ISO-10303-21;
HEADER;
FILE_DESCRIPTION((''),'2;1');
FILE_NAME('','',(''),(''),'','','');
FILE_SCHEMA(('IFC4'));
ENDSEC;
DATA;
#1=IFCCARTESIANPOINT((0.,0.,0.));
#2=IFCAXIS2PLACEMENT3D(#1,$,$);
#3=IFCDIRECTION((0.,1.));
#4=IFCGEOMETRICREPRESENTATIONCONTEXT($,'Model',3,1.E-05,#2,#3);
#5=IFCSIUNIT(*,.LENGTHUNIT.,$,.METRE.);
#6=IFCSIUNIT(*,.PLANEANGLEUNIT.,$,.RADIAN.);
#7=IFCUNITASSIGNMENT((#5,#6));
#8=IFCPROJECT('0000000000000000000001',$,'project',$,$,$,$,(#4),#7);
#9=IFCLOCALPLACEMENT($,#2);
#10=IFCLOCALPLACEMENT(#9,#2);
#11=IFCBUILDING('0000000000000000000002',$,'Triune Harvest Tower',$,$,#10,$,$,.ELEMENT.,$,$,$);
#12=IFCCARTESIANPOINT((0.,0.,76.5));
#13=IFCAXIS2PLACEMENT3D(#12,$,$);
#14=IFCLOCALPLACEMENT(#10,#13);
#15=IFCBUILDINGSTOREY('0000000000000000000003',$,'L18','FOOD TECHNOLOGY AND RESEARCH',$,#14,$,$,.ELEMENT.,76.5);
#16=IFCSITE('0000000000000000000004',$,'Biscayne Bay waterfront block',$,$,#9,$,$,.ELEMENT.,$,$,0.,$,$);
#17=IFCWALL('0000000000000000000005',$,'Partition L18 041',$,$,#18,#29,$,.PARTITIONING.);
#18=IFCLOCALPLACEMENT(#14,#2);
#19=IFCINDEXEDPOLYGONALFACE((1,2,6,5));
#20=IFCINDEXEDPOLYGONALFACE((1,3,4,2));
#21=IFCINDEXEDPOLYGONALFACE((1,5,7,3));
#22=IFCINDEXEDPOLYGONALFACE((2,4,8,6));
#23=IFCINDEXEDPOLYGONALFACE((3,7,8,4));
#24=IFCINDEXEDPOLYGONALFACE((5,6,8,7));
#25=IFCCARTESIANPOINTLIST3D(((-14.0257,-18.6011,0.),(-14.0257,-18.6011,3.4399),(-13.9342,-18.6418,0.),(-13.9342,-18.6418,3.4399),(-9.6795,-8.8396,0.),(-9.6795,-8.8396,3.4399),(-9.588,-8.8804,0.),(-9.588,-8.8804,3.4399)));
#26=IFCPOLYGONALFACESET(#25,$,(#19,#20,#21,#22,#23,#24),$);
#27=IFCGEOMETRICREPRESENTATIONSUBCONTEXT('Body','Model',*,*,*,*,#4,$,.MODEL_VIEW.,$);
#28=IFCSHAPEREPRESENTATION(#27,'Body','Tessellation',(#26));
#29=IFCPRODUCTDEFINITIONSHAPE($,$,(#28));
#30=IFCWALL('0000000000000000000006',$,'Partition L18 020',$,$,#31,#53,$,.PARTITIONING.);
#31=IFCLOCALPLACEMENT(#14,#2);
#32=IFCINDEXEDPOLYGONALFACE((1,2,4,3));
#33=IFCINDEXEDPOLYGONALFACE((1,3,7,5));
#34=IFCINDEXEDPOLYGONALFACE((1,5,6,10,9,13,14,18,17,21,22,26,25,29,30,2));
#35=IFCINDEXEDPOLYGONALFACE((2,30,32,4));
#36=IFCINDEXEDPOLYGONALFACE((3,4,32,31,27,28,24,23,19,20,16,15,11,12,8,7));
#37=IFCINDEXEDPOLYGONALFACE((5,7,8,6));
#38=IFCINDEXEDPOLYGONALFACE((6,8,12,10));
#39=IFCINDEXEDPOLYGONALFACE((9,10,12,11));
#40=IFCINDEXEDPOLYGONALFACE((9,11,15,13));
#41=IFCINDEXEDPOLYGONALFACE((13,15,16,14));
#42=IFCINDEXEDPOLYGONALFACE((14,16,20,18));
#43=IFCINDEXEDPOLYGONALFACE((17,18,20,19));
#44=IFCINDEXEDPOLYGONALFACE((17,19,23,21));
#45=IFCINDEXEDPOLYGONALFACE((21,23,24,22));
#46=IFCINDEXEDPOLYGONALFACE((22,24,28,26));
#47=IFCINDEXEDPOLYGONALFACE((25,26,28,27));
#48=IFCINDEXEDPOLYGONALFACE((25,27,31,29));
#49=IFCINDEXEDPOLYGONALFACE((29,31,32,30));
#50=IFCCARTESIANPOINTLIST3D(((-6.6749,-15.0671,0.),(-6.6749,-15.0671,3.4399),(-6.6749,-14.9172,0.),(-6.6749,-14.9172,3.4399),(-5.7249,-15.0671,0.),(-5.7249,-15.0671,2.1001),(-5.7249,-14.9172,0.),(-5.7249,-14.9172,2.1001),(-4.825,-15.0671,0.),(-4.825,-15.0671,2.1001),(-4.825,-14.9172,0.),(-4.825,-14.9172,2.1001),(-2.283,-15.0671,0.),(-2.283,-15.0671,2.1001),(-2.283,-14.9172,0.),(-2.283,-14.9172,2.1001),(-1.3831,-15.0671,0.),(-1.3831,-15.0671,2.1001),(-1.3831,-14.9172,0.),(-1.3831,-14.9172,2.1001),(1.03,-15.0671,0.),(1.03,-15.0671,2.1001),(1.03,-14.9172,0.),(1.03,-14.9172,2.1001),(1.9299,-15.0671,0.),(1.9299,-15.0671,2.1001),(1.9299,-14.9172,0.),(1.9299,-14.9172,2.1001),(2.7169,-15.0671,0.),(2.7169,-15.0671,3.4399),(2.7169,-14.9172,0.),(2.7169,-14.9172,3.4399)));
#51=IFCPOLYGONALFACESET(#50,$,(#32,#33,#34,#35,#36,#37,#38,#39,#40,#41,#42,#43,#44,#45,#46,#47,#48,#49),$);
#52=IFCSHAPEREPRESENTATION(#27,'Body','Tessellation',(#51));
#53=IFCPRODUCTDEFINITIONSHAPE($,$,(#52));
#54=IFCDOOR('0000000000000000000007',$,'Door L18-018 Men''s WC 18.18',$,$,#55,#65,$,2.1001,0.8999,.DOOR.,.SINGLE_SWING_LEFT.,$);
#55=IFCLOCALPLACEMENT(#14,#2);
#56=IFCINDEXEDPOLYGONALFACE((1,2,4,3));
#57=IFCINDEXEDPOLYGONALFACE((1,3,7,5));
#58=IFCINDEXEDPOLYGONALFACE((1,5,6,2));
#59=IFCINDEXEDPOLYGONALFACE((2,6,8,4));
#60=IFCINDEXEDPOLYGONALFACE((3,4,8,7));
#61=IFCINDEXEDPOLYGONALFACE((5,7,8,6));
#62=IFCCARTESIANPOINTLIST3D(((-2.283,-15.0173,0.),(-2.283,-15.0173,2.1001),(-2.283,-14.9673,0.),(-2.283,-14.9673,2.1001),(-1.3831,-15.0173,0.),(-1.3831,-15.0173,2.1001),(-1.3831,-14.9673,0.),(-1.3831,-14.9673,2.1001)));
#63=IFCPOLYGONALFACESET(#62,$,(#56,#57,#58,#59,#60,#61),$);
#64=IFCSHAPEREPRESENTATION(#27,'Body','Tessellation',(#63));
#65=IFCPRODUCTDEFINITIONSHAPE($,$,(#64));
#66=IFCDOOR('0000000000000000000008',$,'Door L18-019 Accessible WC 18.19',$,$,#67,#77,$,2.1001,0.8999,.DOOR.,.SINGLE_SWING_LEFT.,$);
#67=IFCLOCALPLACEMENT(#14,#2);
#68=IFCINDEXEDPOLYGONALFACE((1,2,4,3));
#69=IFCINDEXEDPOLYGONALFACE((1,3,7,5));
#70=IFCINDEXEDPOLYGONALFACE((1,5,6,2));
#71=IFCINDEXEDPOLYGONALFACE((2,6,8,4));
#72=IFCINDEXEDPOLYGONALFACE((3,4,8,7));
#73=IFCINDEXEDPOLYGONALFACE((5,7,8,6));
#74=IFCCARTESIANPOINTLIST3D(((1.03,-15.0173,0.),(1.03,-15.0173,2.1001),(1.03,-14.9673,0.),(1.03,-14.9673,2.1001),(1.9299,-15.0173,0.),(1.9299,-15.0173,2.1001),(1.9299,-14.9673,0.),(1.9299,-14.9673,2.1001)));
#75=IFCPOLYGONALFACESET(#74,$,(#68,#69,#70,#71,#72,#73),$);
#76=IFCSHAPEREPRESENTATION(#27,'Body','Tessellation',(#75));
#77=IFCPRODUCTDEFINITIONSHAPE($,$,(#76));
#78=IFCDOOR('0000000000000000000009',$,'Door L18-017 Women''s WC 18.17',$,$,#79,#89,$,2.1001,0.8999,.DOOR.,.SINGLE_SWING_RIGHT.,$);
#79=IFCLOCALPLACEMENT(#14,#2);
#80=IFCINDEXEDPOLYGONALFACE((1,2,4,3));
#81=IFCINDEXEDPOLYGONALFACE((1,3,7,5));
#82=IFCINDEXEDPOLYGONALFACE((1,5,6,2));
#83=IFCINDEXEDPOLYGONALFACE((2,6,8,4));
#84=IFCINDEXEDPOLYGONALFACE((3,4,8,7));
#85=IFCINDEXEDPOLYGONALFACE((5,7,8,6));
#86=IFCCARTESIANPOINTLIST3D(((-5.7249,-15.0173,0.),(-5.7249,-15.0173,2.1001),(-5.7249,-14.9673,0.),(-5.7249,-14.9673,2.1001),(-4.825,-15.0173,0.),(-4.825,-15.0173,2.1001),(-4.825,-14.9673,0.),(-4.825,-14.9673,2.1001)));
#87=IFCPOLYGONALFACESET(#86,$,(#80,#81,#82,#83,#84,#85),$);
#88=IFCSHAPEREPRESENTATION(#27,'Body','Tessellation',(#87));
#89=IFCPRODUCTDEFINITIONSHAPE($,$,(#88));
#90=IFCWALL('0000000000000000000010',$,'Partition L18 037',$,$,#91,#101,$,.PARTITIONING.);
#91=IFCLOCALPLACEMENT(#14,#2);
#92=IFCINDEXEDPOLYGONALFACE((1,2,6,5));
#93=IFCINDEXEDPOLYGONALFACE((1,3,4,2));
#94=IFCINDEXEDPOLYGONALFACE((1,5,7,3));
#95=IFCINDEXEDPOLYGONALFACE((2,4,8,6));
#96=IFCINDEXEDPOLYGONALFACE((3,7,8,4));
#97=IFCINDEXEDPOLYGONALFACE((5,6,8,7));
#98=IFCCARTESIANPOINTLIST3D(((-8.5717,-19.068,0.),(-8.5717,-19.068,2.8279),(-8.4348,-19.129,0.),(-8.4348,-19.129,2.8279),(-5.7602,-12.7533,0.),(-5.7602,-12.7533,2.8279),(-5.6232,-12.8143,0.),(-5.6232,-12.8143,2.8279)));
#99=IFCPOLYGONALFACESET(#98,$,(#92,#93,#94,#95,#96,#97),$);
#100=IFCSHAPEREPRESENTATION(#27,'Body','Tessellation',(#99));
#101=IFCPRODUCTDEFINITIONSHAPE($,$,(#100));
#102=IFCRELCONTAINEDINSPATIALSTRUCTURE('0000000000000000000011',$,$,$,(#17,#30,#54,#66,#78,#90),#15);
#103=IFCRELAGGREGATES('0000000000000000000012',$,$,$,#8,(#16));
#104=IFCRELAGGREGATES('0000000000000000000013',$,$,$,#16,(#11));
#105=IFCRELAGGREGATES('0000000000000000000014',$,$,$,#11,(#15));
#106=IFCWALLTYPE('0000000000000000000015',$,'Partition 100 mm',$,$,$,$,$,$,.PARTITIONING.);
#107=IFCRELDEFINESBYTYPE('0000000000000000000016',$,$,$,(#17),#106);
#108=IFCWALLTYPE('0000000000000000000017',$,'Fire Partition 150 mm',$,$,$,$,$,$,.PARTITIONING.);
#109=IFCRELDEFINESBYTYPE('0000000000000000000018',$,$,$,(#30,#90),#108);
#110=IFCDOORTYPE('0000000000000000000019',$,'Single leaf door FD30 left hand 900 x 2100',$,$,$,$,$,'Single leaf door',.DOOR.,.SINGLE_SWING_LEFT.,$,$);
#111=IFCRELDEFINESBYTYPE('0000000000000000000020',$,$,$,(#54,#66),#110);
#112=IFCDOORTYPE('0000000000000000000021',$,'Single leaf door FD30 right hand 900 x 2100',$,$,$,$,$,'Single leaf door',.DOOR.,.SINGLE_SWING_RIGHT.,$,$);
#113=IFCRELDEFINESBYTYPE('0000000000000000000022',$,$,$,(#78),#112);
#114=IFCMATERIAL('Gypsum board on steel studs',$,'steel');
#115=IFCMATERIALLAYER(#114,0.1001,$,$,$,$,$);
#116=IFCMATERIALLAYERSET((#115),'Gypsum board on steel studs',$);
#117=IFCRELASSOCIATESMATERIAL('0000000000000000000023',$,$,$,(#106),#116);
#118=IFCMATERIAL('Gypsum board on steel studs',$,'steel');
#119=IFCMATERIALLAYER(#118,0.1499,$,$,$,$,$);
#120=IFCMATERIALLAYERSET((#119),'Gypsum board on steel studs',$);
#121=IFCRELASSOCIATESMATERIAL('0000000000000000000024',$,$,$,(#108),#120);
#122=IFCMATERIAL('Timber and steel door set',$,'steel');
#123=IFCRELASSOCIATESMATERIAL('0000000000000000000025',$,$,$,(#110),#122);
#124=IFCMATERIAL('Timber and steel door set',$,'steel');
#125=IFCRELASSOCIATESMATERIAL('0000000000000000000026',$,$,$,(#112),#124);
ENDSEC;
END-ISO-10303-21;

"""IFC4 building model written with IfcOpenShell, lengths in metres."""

from ifc_helpers import new_model, si_unit, direction, frame, frame_2d, origin, place, context, subcontext, project, spatial, rectangle, extrude, source, transform, mapped, material, layer, layer_set, type_object, element, fill, save


model = new_model("IFC4")

# Units and contexts
model_context = context("Model", 3, precision=1e-05, world=origin(), true_north=direction((0.0, 1.0)))
body_context = subcontext(model_context, "Body", "Model", "MODEL_VIEW")
ifc_project = project(units=[si_unit("LENGTHUNIT", "METRE"), si_unit("PLANEANGLEUNIT", "RADIAN")], contexts=[model_context])

# Site, building, storey
site_placement = place(None, origin())
site = spatial("IfcSite", under=ifc_project, at=site_placement, Name="Biscayne Bay waterfront block", CompositionType="ELEMENT", RefElevation=0.0)
building_placement = place(site_placement, origin())
building = spatial("IfcBuilding", under=site, at=building_placement, Name="Triune Harvest Tower", CompositionType="ELEMENT")
storey_placement = place(building_placement, frame((0.0, 0.0, 76.5)))
storey = spatial("IfcBuildingStorey", under=building, at=storey_placement, Name="L18", Description="FOOD TECHNOLOGY AND RESEARCH", CompositionType="ELEMENT", Elevation=76.5)

# Wall
ifc_material_1 = material(Name="Gypsum board on steel studs", Category="steel")
ifc_layer_1 = layer(ifc_material_1, 0.1001)
ifc_layer_set_1 = layer_set([ifc_layer_1], Name="Gypsum board on steel studs")
wall_type_1 = type_object("IfcWallType", Name="Partition 100 mm", PredefinedType="PARTITIONING", material=ifc_layer_set_1)
wall_1_placement = place(storey_placement, frame((-13.98, -18.6216, 0.0), z_axis=(0.0, 0.0, 1.0), x_axis=(0.406745, 0.913542, 0.0)))
element("IfcWall", 1, at=wall_1_placement, inside=storey, type_object=wall_type_1, Name="Partition L18 041", PredefinedType="PARTITIONING", context=body_context, shape_type="SweptSolid", body=[
    extrude(rectangle(XDim=10.6853, YDim=0.1001, at=frame_2d((5.3428, 0.0))), origin(), (0.0, 0.0, 1.0), 3.4399),
])

# Wall, openings, doors
ifc_material_2 = material(Name="Gypsum board on steel studs", Category="steel")
ifc_layer_2 = layer(ifc_material_2, 0.1499)
ifc_layer_set_2 = layer_set([ifc_layer_2], Name="Gypsum board on steel studs")
wall_type_2 = type_object("IfcWallType", Name="Fire Partition 150 mm", PredefinedType="PARTITIONING", material=ifc_layer_set_2)
shared_shape_1 = source(origin(), body_context, "Body", "SweptSolid", [
    extrude(rectangle(XDim=9.3918, YDim=0.1499, at=frame_2d((4.6958, 0.0))), origin(), (0.0, 0.0, 1.0), 3.4399),
])
wall_2_placement = place(storey_placement, frame((-6.6748, -14.9922, 0.0), z_axis=(0.0, 0.0, 1.0), x_axis=(1.0, 0.0, 0.0)))
wall_2 = element("IfcWall", 2, at=wall_2_placement, inside=storey, type_object=wall_type_2, Name="Partition L18 020", PredefinedType="PARTITIONING", context=body_context, shape_type="MappedRepresentation", body=[
    mapped(shared_shape_1, transform((0.0, 0.0, 0.0), scale=1.0)),
])
opening_1_placement = place(wall_2_placement, frame((0.95, 0.0, 0.0)))
opening_1 = element("IfcOpeningElement", 3, at=opening_1_placement, cuts=wall_2, PredefinedType="OPENING", context=body_context, shape_type="SweptSolid", body=[
    extrude(rectangle(XDim=0.8999, YDim=2.1001, at=frame_2d((0.45, 1.05))), frame((0.0, 0.085, 0.0), z_axis=(0.0, -1.0, 0.0), x_axis=(1.0, 0.0, 0.0)), (0.0, 0.0, 1.0), 0.1699),
])
opening_2_placement = place(wall_2_placement, frame((4.3918, 0.0, 0.0)))
opening_2 = element("IfcOpeningElement", 4, at=opening_2_placement, cuts=wall_2, PredefinedType="OPENING", context=body_context, shape_type="SweptSolid", body=[
    extrude(rectangle(XDim=0.8999, YDim=2.1001, at=frame_2d((0.45, 1.05))), frame((0.0, 0.085, 0.0), z_axis=(0.0, -1.0, 0.0), x_axis=(1.0, 0.0, 0.0)), (0.0, 0.0, 1.0), 0.1699),
])
opening_3_placement = place(wall_2_placement, frame((7.7048, 0.0, 0.0)))
opening_3 = element("IfcOpeningElement", 5, at=opening_3_placement, cuts=wall_2, PredefinedType="OPENING", context=body_context, shape_type="SweptSolid", body=[
    extrude(rectangle(XDim=0.8999, YDim=2.1001, at=frame_2d((0.45, 1.05))), frame((0.0, 0.085, 0.0), z_axis=(0.0, -1.0, 0.0), x_axis=(1.0, 0.0, 0.0)), (0.0, 0.0, 1.0), 0.1699),
])
ifc_material_3 = material(Name="Timber and steel door set", Category="steel")
door_type_1 = type_object("IfcDoorType", Name="Single leaf door FD30 left hand 900 x 2100", ElementType="Single leaf door", OperationType="SINGLE_SWING_LEFT", PredefinedType="DOOR", material=ifc_material_3)
door_1_placement = place(opening_2_placement, origin())
door_1 = element("IfcDoor", 6, at=door_1_placement, inside=storey, type_object=door_type_1, Name="Door L18-018 Men's WC 18.18", OperationType="SINGLE_SWING_LEFT", OverallHeight=2.1001, OverallWidth=0.8999, PredefinedType="DOOR", context=body_context, shape_type="SweptSolid", body=[
    extrude(rectangle(XDim=0.8999, YDim=2.1001, at=frame_2d((0.45, 1.05))), frame((0.0, 0.0249, 0.0), z_axis=(0.0, -1.0, 0.0), x_axis=(1.0, 0.0, 0.0)), (0.0, 0.0, 1.0), 0.05),
])
fill(opening_2, door_1)
door_2_placement = place(opening_3_placement, origin())
door_2 = element("IfcDoor", 7, at=door_2_placement, inside=storey, type_object=door_type_1, Name="Door L18-019 Accessible WC 18.19", OperationType="SINGLE_SWING_LEFT", OverallHeight=2.1001, OverallWidth=0.8999, PredefinedType="DOOR", context=body_context, shape_type="SweptSolid", body=[
    extrude(rectangle(XDim=0.8999, YDim=2.1001, at=frame_2d((0.45, 1.05))), frame((0.0, 0.0249, 0.0), z_axis=(0.0, -1.0, 0.0), x_axis=(1.0, 0.0, 0.0)), (0.0, 0.0, 1.0), 0.05),
])
fill(opening_3, door_2)
ifc_material_4 = material(Name="Timber and steel door set", Category="steel")
door_type_2 = type_object("IfcDoorType", Name="Single leaf door FD30 right hand 900 x 2100", ElementType="Single leaf door", OperationType="SINGLE_SWING_RIGHT", PredefinedType="DOOR", material=ifc_material_4)
door_3_placement = place(opening_1_placement, origin())
door_3 = element("IfcDoor", 8, at=door_3_placement, inside=storey, type_object=door_type_2, Name="Door L18-017 Women's WC 18.17", OperationType="SINGLE_SWING_RIGHT", OverallHeight=2.1001, OverallWidth=0.8999, PredefinedType="DOOR", context=body_context, shape_type="SweptSolid", body=[
    extrude(rectangle(XDim=0.8999, YDim=2.1001, at=frame_2d((0.45, 1.05))), frame((0.0, 0.0249, 0.0), z_axis=(0.0, -1.0, 0.0), x_axis=(1.0, 0.0, 0.0)), (0.0, 0.0, 1.0), 0.05),
])
fill(opening_1, door_3)

# Wall
shared_shape_2 = source(origin(), body_context, "Body", "SweptSolid", [
    extrude(rectangle(XDim=6.9124, YDim=0.1499, at=frame_2d((3.4561, 0.0))), origin(), (0.0, 0.0, 1.0), 2.8279),
])
wall_3_placement = place(storey_placement, frame((-8.5032, -19.0984, 0.0), z_axis=(0.0, 0.0, 1.0), x_axis=(0.406741, 0.913543, 0.0)))
element("IfcWall", 9, at=wall_3_placement, inside=storey, type_object=wall_type_2, Name="Partition L18 037", PredefinedType="PARTITIONING", context=body_context, shape_type="MappedRepresentation", body=[
    mapped(shared_shape_2, transform((0.0, 0.0, 0.0), scale=1.0)),
])

save(model, "model.ifc")
